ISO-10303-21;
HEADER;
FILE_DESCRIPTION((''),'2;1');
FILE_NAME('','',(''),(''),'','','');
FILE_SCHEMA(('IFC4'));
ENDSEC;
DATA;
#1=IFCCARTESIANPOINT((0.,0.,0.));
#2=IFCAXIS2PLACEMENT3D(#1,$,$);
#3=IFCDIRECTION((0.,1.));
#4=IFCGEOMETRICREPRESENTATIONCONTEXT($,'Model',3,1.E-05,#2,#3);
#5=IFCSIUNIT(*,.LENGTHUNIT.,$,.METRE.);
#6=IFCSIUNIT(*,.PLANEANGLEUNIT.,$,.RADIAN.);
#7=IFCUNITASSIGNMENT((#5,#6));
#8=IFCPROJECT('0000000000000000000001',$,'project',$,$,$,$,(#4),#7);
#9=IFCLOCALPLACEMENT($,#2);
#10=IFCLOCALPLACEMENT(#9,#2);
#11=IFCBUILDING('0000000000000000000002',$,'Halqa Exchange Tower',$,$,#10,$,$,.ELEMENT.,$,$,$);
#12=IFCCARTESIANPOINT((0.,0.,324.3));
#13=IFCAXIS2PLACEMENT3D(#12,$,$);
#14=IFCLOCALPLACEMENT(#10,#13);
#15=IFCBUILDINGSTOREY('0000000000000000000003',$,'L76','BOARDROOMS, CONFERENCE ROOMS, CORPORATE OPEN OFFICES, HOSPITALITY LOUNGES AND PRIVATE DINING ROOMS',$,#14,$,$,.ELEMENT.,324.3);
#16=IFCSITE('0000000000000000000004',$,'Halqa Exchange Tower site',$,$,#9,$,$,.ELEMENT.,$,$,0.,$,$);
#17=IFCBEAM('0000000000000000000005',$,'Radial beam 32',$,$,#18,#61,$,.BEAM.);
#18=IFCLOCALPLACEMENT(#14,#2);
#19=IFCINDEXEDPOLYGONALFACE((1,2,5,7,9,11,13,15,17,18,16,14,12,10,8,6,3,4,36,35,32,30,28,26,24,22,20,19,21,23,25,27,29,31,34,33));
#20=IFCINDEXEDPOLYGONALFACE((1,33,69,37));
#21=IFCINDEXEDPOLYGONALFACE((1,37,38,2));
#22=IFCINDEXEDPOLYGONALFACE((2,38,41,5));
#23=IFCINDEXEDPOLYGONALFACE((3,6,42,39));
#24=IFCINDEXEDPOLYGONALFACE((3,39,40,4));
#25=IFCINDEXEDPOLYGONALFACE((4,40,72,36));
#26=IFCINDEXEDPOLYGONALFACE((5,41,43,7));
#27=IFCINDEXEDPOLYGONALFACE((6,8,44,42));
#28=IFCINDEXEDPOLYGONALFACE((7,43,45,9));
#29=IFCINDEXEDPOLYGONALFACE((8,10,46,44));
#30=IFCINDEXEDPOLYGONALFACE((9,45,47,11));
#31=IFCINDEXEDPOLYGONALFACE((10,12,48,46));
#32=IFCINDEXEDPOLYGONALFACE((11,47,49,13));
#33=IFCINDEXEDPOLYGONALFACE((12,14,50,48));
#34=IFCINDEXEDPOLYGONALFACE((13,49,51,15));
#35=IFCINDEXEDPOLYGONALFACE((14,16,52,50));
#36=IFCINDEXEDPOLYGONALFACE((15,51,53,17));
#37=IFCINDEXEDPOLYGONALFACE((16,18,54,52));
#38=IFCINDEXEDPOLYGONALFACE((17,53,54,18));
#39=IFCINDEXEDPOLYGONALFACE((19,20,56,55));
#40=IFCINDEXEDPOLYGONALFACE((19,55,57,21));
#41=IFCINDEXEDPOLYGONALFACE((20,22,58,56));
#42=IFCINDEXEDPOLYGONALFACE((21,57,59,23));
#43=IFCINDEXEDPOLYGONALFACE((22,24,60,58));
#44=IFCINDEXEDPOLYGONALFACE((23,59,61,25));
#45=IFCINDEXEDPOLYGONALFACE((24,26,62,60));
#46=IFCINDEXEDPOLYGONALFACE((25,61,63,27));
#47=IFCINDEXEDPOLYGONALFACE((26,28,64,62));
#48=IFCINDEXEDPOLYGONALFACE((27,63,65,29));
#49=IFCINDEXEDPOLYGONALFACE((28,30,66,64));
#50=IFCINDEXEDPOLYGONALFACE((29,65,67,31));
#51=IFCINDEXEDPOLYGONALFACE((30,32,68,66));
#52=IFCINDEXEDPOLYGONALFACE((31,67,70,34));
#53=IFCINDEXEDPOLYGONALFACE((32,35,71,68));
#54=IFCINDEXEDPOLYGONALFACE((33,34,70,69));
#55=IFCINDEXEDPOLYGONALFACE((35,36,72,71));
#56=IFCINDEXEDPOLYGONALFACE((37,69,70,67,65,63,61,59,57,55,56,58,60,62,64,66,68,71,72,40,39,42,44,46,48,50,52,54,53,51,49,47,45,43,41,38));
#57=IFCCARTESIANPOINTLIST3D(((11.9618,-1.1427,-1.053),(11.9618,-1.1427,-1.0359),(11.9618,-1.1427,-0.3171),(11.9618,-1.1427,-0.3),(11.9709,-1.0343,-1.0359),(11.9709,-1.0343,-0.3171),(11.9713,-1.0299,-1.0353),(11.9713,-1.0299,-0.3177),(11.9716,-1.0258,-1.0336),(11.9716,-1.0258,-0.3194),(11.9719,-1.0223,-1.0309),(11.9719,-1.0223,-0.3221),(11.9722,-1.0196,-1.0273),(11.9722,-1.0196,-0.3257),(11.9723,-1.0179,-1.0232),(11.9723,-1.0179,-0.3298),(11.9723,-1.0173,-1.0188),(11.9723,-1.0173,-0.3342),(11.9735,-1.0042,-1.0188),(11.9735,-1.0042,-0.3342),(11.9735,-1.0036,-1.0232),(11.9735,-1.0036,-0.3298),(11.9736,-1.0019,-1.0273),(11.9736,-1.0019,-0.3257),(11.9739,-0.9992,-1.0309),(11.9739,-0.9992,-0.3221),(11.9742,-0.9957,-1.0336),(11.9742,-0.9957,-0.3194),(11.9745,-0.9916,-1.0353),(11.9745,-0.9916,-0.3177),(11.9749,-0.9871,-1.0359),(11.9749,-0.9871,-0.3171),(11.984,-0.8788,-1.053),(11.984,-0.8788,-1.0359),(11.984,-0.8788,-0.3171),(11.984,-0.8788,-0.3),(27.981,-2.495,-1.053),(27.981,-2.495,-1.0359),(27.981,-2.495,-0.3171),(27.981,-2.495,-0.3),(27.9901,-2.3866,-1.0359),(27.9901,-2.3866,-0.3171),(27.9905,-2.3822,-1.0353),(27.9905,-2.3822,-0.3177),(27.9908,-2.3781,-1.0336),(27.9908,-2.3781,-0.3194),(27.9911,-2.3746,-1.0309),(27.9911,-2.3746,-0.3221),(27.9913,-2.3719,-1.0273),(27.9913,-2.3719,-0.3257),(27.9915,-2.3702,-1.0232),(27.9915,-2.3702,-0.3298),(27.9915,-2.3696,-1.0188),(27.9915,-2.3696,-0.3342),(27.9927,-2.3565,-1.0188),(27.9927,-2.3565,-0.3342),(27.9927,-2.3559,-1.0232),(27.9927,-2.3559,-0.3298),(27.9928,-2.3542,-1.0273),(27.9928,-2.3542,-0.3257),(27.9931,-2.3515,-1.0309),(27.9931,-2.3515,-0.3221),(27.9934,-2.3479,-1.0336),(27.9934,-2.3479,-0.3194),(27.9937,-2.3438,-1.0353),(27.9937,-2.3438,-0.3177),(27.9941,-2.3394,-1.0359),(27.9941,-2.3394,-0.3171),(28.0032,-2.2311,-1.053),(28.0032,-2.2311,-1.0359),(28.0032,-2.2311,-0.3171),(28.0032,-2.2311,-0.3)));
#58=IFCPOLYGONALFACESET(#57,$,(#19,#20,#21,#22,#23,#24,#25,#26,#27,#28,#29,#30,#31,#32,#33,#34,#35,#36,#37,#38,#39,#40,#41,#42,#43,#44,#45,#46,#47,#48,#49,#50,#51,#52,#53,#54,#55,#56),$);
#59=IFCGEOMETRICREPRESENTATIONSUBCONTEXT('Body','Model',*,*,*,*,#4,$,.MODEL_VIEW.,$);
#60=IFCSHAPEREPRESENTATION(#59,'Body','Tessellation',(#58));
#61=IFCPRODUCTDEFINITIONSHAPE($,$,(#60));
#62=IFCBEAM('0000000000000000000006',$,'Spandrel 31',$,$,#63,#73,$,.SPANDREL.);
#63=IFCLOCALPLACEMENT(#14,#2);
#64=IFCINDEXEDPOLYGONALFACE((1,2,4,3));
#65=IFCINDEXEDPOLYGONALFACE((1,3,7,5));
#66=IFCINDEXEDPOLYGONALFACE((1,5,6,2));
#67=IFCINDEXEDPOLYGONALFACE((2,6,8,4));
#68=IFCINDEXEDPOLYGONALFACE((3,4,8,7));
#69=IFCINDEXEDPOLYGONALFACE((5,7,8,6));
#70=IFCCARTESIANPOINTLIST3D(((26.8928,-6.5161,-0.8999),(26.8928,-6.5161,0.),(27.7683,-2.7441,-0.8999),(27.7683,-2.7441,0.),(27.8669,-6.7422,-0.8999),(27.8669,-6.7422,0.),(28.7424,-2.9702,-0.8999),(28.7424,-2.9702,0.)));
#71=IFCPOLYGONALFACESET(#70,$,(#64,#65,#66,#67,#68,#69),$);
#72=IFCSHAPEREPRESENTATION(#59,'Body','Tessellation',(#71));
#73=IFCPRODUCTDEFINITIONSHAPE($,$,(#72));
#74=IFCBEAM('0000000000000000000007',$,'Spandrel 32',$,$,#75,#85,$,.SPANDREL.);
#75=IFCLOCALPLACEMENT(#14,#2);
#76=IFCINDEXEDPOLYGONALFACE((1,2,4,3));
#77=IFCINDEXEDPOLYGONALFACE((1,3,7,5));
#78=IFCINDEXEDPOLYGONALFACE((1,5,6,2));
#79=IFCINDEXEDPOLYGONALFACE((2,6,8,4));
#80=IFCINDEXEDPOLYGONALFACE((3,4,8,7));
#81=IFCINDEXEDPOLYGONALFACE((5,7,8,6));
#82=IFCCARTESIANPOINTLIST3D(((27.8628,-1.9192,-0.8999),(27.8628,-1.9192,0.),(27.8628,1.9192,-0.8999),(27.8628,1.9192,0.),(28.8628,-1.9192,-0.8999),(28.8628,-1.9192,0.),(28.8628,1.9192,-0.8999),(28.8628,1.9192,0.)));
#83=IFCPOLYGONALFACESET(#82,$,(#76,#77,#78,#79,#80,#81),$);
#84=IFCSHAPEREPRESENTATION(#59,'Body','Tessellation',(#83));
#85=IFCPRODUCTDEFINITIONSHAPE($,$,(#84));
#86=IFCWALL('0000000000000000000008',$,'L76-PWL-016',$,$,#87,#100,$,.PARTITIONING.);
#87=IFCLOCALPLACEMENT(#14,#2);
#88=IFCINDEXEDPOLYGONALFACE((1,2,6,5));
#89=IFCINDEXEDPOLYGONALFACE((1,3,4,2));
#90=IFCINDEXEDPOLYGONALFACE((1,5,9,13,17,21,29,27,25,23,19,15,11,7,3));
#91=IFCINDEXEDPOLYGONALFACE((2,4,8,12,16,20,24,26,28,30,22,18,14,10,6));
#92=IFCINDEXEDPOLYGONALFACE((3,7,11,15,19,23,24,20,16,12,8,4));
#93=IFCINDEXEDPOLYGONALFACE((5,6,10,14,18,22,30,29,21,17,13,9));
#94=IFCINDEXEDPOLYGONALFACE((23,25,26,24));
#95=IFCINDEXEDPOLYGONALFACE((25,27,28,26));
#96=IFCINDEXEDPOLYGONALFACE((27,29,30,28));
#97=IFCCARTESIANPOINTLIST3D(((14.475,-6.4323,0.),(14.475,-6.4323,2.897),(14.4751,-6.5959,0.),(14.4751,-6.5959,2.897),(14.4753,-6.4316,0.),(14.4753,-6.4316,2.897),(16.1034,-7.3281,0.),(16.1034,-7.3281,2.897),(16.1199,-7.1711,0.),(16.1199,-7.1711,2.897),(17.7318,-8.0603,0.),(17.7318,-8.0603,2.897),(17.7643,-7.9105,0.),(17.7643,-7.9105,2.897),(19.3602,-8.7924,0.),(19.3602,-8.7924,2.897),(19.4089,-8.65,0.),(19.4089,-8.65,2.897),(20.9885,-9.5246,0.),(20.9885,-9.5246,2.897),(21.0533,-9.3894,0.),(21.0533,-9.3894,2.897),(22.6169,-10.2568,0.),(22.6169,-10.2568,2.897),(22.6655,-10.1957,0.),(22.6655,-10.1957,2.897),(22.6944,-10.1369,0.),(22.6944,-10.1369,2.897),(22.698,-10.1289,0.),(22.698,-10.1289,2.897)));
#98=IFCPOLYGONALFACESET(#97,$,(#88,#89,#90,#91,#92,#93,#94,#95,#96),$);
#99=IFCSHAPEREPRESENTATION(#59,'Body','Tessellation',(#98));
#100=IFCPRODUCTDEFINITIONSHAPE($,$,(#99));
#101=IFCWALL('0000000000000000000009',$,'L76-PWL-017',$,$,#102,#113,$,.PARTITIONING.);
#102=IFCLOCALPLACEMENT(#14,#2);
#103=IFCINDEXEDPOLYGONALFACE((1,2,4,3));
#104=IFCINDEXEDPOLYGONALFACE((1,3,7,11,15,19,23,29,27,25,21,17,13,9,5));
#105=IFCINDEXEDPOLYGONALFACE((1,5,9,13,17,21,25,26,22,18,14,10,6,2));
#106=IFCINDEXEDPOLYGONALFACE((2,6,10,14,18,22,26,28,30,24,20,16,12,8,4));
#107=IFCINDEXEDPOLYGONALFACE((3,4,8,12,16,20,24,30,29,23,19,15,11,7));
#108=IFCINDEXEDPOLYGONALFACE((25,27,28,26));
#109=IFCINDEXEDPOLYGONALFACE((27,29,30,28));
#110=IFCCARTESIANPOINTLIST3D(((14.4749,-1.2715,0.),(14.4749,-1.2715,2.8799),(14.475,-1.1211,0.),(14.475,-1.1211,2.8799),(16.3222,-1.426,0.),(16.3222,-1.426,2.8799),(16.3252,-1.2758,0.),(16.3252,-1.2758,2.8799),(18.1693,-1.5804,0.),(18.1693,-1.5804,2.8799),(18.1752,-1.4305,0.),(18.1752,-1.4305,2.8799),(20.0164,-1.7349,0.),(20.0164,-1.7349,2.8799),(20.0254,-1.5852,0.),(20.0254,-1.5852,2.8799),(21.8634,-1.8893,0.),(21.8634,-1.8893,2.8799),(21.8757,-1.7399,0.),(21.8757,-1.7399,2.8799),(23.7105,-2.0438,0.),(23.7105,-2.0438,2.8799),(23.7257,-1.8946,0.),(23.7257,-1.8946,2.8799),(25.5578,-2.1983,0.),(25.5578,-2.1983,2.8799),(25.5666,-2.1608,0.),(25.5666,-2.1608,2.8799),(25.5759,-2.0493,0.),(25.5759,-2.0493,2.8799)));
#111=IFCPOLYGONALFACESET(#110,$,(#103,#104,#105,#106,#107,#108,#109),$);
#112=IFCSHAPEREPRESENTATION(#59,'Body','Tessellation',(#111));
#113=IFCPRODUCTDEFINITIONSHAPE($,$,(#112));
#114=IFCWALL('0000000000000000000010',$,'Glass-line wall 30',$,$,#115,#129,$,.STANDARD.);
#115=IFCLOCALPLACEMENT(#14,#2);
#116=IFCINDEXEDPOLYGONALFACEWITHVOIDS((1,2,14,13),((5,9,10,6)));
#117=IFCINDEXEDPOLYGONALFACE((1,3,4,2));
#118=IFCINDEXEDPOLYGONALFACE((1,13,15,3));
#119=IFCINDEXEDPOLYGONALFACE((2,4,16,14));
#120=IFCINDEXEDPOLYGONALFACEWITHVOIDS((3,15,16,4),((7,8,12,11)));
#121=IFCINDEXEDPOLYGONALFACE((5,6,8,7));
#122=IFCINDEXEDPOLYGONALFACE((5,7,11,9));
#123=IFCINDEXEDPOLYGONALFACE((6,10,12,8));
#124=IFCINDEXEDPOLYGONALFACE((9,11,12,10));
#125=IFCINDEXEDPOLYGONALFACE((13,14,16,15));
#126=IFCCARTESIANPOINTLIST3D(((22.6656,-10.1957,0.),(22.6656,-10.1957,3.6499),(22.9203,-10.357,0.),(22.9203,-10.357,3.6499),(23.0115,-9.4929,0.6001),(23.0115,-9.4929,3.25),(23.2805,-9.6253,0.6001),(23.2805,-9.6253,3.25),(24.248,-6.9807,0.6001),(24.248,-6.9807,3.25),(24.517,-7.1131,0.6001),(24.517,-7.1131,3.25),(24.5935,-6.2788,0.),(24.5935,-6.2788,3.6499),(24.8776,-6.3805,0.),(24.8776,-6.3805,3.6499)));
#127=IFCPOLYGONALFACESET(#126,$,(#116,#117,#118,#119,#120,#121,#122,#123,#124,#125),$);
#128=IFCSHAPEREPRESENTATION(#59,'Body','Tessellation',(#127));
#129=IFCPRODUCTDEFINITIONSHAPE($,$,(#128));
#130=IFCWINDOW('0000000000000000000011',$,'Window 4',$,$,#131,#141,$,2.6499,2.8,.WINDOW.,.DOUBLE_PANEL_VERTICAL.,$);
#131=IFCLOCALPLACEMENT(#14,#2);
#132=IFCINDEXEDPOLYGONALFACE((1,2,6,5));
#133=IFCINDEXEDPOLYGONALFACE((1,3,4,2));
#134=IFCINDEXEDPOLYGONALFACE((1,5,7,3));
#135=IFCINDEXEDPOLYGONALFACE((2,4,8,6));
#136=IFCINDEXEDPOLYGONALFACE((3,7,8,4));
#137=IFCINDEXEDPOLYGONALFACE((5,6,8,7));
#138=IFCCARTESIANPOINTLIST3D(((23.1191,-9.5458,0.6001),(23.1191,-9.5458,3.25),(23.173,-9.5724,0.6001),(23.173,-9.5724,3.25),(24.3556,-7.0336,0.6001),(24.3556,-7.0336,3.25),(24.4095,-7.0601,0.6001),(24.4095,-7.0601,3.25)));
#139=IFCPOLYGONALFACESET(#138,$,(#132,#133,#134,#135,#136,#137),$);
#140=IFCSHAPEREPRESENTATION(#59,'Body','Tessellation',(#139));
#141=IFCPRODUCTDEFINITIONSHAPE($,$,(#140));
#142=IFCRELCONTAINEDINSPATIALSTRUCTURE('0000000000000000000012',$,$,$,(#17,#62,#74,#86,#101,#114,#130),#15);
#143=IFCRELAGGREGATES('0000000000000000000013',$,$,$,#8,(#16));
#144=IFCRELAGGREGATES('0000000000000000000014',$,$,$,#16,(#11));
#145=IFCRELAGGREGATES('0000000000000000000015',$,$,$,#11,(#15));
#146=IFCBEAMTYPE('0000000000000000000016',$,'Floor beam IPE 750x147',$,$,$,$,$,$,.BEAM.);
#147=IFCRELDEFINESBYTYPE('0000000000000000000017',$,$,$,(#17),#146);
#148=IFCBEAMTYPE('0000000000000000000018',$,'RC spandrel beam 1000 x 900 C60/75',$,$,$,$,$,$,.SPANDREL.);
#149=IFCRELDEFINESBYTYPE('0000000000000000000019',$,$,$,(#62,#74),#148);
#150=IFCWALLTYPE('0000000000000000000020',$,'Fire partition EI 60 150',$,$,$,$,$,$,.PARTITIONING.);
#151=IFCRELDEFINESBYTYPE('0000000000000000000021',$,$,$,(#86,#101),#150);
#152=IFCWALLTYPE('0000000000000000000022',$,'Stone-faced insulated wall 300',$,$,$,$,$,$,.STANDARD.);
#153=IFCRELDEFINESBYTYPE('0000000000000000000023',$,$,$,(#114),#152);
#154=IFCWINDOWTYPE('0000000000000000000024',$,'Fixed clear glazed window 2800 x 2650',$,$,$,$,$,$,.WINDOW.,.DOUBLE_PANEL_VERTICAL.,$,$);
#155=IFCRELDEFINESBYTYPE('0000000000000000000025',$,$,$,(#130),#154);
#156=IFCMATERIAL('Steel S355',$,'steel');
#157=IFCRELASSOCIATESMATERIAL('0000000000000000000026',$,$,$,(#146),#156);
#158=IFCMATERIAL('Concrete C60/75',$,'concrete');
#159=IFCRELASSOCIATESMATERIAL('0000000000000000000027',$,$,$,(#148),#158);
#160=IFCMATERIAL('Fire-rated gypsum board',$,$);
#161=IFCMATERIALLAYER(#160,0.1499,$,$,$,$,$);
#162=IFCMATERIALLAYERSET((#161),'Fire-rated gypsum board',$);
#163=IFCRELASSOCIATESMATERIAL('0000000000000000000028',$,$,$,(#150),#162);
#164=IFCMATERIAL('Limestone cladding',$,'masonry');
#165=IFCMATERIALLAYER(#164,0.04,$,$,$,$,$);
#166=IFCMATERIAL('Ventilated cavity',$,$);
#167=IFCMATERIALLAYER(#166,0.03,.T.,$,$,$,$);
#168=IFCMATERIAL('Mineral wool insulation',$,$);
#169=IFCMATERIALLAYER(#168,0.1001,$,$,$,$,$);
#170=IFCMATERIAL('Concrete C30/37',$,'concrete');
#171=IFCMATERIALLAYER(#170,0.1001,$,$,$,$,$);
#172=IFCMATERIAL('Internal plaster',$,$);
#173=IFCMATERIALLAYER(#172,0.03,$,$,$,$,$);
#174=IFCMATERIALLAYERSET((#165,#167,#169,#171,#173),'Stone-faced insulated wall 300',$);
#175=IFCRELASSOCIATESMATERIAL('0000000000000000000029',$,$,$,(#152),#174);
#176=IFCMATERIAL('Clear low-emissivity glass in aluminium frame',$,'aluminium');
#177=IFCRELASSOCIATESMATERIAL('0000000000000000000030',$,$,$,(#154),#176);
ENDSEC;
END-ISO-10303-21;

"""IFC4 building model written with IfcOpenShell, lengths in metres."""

from ifc_helpers import new_model, si_unit, direction, frame, frame_2d, origin, origin_2d, place, context, subcontext, project, spatial, polyline, rectangle, i_section, outline, extrude, material, layer, layer_set, material_profile, profile_set, type_object, element, fill, save


model = new_model("IFC4")

# Units and contexts
model_context = context("Model", 3, precision=1e-05, world=origin(), true_north=direction((0.0, 1.0)))
body_context = subcontext(model_context, "Body", "Model", "MODEL_VIEW")
ifc_project = project(units=[si_unit("LENGTHUNIT", "METRE"), si_unit("PLANEANGLEUNIT", "RADIAN")], contexts=[model_context])

# Site, building, storey
site_placement = place(None, origin())
site = spatial("IfcSite", under=ifc_project, at=site_placement, Name="Halqa Exchange Tower site", CompositionType="ELEMENT", RefElevation=0.0)
building_placement = place(site_placement, origin())
building = spatial("IfcBuilding", under=site, at=building_placement, Name="Halqa Exchange Tower", CompositionType="ELEMENT")
storey_placement = place(building_placement, frame((0.0, 0.0, 324.3)))
storey = spatial("IfcBuildingStorey", under=building, at=storey_placement, Name="L76", Description="BOARDROOMS, CONFERENCE ROOMS, CORPORATE OPEN OFFICES, HOSPITALITY LOUNGES AND PRIVATE DINING ROOMS", CompositionType="ELEMENT", Elevation=324.3)

# Beams
ifc_material_1 = material(Name="Steel S355", Category="steel")
ifc_material_profile_1 = material_profile(ifc_material_1, i_section(OverallWidth=0.2649, OverallDepth=0.7529, WebThickness=0.0132, FlangeThickness=0.0171, FilletRadius=0.0171, at=origin_2d()), Name="IPE 750x147")
ifc_profile_set_1 = profile_set([ifc_material_profile_1], Name="Steel S355")
beam_type_1 = type_object("IfcBeamType", Name="Floor beam IPE 750x147", PredefinedType="BEAM", material=ifc_profile_set_1)
beam_1_placement = place(storey_placement, frame((11.9729, -1.0107, -0.6765), z_axis=(0.996456, -0.084117, 0.0), x_axis=(0.084117, 0.996456, 0.0)))
element("IfcBeam", 1, at=beam_1_placement, inside=storey, type_object=beam_type_1, Name="Radial beam 32", PredefinedType="BEAM", context=body_context, shape_type="SweptSolid", body=[
    extrude(i_section(OverallWidth=0.2649, OverallDepth=0.7529, WebThickness=0.0132, FlangeThickness=0.0171, FilletRadius=0.0171, at=origin_2d()), origin(), (0.0, 0.0, 1.0), 16.0762),
])
ifc_material_2 = material(Name="Concrete C60/75", Category="concrete")
ifc_material_profile_2 = material_profile(ifc_material_2, rectangle(XDim=1.0, YDim=0.8999, at=origin_2d()), Name="1000 x 900")
ifc_profile_set_2 = profile_set([ifc_material_profile_2], Name="Concrete C60/75")
beam_type_2 = type_object("IfcBeamType", Name="RC spandrel beam 1000 x 900 C60/75", PredefinedType="SPANDREL", material=ifc_profile_set_2)
beam_2_placement = place(storey_placement, frame((27.3799, -6.6292, -0.45), z_axis=(0.226093, 0.974106, 0.0), x_axis=(-0.974106, 0.226093, 0.0)))
element("IfcBeam", 2, at=beam_2_placement, inside=storey, type_object=beam_type_2, Name="Spandrel 31", PredefinedType="SPANDREL", context=body_context, shape_type="SweptSolid", body=[
    extrude(rectangle(XDim=1.0, YDim=0.8999, at=origin_2d()), origin(), (0.0, 0.0, 1.0), 3.8723),
])
beam_3_placement = place(storey_placement, frame((28.3628, -1.9192, -0.45), z_axis=(0.0, 1.0, 0.0), x_axis=(-1.0, 0.0, 0.0)))
element("IfcBeam", 3, at=beam_3_placement, inside=storey, type_object=beam_type_2, Name="Spandrel 32", PredefinedType="SPANDREL", context=body_context, shape_type="SweptSolid", body=[
    extrude(rectangle(XDim=1.0, YDim=0.8999, at=origin_2d()), origin(), (0.0, 0.0, 1.0), 3.8384),
])

# Walls
ifc_material_3 = material(Name="Fire-rated gypsum board")
ifc_layer_1 = layer(ifc_material_3, 0.1499)
ifc_layer_set_1 = layer_set([ifc_layer_1], Name="Fire-rated gypsum board")
wall_type_1 = type_object("IfcWallType", Name="Fire partition EI 60 150", PredefinedType="PARTITIONING", material=ifc_layer_set_1)
wall_1_placement = place(storey_placement, frame((14.4446, -6.5, 0.0), z_axis=(0.0, 0.0, 1.0), x_axis=(0.912043, -0.410094, 0.0)))
element("IfcWall", 4, at=wall_1_placement, inside=storey, type_object=wall_type_1, Name="L76-PWL-016", PredefinedType="PARTITIONING", context=body_context, shape_type="SweptSolid", body=[
    extrude(outline(polyline([(0.0671, -0.075), (1.8525, -0.075), (3.6379, -0.075), (5.4233, -0.075), (7.2087, -0.075), (8.9941, -0.075), (9.0134, 0.0007), (9.0156, 0.0662), (9.0156, 0.075), (7.2124, 0.075), (5.4094, 0.075), (3.6062, 0.075), (1.8032, 0.075), (0.0, 0.075), (0.0, 0.0742), (0.0671, -0.075)])), origin(), (0.0, 0.0, 1.0), 2.897),
])
wall_2_placement = place(storey_placement, frame((14.4688, -1.1958, 0.0), z_axis=(0.0, 0.0, 1.0), x_axis=(0.996522, -0.083327, 0.0)))
element("IfcWall", 5, at=wall_2_placement, inside=storey, type_object=wall_type_1, Name="L76-PWL-017", PredefinedType="PARTITIONING", context=body_context, shape_type="SweptSolid", body=[
    extrude(outline(polyline([(0.0125, -0.075), (1.8662, -0.075), (3.7197, -0.075), (5.5732, -0.075), (7.4268, -0.075), (9.2803, -0.075), (11.134, -0.075), (11.1396, -0.0369), (11.1396, 0.075), (9.283, 0.075), (7.4265, 0.075), (5.5698, 0.075), (3.7131, 0.075), (1.8567, 0.075), (0.0, 0.075), (0.0125, -0.075)])), origin(), (0.0, 0.0, 1.0), 2.8799),
])

# Wall, opening, window
ifc_material_4 = material(Name="Limestone cladding", Category="masonry")
ifc_layer_2 = layer(ifc_material_4, 0.04)
ifc_material_5 = material(Name="Ventilated cavity")
ifc_layer_3 = layer(ifc_material_5, 0.03, ventilated=True)
ifc_material_6 = material(Name="Mineral wool insulation")
ifc_layer_4 = layer(ifc_material_6, 0.1001)
ifc_material_7 = material(Name="Concrete C30/37", Category="concrete")
ifc_layer_5 = layer(ifc_material_7, 0.1001)
ifc_material_8 = material(Name="Internal plaster")
ifc_layer_6 = layer(ifc_material_8, 0.03)
ifc_layer_set_2 = layer_set([ifc_layer_2, ifc_layer_3, ifc_layer_4, ifc_layer_5, ifc_layer_6], Name="Stone-faced insulated wall 300")
wall_type_2 = type_object("IfcWallType", Name="Stone-faced insulated wall 300", PredefinedType="STANDARD", material=ifc_layer_set_2)
wall_3_placement = place(storey_placement, frame((22.793, -10.2764, 0.0), z_axis=(0.0, 0.0, 1.0), x_axis=(0.44161, 0.897207, 0.0)))
wall_3 = element("IfcWall", 6, at=wall_3_placement, inside=storey, type_object=wall_type_2, Name="Glass-line wall 30", PredefinedType="STANDARD", context=body_context, shape_type="SweptSolid", body=[
    extrude(outline(polyline([(-0.0161, -0.1499), (4.416, -0.1499), (4.3818, 0.1499), (0.0161, 0.1499), (-0.0161, -0.1499)])), origin(), (0.0, 0.0, 1.0), 3.6499),
])
opening_1_placement = place(wall_3_placement, frame((0.7996, 0.0, 0.6001)))
opening_1 = element("IfcOpeningElement", 7, at=opening_1_placement, cuts=wall_3, PredefinedType="OPENING", context=body_context, shape_type="SweptSolid", body=[
    extrude(rectangle(XDim=2.8, YDim=2.6499, at=frame_2d((1.3999, 1.325))), frame((0.0, 0.1621, 0.0), z_axis=(0.0, -1.0, 0.0), x_axis=(1.0, 0.0, 0.0)), (0.0, 0.0, 1.0), 0.324),
])
ifc_material_9 = material(Name="Clear low-emissivity glass in aluminium frame", Category="aluminium")
window_type = type_object("IfcWindowType", Name="Fixed clear glazed window 2800 x 2650", PartitioningType="DOUBLE_PANEL_VERTICAL", PredefinedType="WINDOW", material=ifc_material_9)
window_1_placement = place(opening_1_placement, origin())
window_1 = element("IfcWindow", 8, at=window_1_placement, inside=storey, type_object=window_type, Name="Window 4", OverallHeight=2.6499, OverallWidth=2.8, PartitioningType="DOUBLE_PANEL_VERTICAL", PredefinedType="WINDOW", context=body_context, shape_type="SweptSolid", body=[
    extrude(rectangle(XDim=2.8, YDim=2.6499, at=frame_2d((1.3999, 1.325))), frame((0.0, 0.03, 0.0), z_axis=(0.0, -1.0, 0.0), x_axis=(1.0, 0.0, 0.0)), (0.0, 0.0, 1.0), 0.0601),
])
fill(opening_1, window_1)

save(model, "model.ifc")
